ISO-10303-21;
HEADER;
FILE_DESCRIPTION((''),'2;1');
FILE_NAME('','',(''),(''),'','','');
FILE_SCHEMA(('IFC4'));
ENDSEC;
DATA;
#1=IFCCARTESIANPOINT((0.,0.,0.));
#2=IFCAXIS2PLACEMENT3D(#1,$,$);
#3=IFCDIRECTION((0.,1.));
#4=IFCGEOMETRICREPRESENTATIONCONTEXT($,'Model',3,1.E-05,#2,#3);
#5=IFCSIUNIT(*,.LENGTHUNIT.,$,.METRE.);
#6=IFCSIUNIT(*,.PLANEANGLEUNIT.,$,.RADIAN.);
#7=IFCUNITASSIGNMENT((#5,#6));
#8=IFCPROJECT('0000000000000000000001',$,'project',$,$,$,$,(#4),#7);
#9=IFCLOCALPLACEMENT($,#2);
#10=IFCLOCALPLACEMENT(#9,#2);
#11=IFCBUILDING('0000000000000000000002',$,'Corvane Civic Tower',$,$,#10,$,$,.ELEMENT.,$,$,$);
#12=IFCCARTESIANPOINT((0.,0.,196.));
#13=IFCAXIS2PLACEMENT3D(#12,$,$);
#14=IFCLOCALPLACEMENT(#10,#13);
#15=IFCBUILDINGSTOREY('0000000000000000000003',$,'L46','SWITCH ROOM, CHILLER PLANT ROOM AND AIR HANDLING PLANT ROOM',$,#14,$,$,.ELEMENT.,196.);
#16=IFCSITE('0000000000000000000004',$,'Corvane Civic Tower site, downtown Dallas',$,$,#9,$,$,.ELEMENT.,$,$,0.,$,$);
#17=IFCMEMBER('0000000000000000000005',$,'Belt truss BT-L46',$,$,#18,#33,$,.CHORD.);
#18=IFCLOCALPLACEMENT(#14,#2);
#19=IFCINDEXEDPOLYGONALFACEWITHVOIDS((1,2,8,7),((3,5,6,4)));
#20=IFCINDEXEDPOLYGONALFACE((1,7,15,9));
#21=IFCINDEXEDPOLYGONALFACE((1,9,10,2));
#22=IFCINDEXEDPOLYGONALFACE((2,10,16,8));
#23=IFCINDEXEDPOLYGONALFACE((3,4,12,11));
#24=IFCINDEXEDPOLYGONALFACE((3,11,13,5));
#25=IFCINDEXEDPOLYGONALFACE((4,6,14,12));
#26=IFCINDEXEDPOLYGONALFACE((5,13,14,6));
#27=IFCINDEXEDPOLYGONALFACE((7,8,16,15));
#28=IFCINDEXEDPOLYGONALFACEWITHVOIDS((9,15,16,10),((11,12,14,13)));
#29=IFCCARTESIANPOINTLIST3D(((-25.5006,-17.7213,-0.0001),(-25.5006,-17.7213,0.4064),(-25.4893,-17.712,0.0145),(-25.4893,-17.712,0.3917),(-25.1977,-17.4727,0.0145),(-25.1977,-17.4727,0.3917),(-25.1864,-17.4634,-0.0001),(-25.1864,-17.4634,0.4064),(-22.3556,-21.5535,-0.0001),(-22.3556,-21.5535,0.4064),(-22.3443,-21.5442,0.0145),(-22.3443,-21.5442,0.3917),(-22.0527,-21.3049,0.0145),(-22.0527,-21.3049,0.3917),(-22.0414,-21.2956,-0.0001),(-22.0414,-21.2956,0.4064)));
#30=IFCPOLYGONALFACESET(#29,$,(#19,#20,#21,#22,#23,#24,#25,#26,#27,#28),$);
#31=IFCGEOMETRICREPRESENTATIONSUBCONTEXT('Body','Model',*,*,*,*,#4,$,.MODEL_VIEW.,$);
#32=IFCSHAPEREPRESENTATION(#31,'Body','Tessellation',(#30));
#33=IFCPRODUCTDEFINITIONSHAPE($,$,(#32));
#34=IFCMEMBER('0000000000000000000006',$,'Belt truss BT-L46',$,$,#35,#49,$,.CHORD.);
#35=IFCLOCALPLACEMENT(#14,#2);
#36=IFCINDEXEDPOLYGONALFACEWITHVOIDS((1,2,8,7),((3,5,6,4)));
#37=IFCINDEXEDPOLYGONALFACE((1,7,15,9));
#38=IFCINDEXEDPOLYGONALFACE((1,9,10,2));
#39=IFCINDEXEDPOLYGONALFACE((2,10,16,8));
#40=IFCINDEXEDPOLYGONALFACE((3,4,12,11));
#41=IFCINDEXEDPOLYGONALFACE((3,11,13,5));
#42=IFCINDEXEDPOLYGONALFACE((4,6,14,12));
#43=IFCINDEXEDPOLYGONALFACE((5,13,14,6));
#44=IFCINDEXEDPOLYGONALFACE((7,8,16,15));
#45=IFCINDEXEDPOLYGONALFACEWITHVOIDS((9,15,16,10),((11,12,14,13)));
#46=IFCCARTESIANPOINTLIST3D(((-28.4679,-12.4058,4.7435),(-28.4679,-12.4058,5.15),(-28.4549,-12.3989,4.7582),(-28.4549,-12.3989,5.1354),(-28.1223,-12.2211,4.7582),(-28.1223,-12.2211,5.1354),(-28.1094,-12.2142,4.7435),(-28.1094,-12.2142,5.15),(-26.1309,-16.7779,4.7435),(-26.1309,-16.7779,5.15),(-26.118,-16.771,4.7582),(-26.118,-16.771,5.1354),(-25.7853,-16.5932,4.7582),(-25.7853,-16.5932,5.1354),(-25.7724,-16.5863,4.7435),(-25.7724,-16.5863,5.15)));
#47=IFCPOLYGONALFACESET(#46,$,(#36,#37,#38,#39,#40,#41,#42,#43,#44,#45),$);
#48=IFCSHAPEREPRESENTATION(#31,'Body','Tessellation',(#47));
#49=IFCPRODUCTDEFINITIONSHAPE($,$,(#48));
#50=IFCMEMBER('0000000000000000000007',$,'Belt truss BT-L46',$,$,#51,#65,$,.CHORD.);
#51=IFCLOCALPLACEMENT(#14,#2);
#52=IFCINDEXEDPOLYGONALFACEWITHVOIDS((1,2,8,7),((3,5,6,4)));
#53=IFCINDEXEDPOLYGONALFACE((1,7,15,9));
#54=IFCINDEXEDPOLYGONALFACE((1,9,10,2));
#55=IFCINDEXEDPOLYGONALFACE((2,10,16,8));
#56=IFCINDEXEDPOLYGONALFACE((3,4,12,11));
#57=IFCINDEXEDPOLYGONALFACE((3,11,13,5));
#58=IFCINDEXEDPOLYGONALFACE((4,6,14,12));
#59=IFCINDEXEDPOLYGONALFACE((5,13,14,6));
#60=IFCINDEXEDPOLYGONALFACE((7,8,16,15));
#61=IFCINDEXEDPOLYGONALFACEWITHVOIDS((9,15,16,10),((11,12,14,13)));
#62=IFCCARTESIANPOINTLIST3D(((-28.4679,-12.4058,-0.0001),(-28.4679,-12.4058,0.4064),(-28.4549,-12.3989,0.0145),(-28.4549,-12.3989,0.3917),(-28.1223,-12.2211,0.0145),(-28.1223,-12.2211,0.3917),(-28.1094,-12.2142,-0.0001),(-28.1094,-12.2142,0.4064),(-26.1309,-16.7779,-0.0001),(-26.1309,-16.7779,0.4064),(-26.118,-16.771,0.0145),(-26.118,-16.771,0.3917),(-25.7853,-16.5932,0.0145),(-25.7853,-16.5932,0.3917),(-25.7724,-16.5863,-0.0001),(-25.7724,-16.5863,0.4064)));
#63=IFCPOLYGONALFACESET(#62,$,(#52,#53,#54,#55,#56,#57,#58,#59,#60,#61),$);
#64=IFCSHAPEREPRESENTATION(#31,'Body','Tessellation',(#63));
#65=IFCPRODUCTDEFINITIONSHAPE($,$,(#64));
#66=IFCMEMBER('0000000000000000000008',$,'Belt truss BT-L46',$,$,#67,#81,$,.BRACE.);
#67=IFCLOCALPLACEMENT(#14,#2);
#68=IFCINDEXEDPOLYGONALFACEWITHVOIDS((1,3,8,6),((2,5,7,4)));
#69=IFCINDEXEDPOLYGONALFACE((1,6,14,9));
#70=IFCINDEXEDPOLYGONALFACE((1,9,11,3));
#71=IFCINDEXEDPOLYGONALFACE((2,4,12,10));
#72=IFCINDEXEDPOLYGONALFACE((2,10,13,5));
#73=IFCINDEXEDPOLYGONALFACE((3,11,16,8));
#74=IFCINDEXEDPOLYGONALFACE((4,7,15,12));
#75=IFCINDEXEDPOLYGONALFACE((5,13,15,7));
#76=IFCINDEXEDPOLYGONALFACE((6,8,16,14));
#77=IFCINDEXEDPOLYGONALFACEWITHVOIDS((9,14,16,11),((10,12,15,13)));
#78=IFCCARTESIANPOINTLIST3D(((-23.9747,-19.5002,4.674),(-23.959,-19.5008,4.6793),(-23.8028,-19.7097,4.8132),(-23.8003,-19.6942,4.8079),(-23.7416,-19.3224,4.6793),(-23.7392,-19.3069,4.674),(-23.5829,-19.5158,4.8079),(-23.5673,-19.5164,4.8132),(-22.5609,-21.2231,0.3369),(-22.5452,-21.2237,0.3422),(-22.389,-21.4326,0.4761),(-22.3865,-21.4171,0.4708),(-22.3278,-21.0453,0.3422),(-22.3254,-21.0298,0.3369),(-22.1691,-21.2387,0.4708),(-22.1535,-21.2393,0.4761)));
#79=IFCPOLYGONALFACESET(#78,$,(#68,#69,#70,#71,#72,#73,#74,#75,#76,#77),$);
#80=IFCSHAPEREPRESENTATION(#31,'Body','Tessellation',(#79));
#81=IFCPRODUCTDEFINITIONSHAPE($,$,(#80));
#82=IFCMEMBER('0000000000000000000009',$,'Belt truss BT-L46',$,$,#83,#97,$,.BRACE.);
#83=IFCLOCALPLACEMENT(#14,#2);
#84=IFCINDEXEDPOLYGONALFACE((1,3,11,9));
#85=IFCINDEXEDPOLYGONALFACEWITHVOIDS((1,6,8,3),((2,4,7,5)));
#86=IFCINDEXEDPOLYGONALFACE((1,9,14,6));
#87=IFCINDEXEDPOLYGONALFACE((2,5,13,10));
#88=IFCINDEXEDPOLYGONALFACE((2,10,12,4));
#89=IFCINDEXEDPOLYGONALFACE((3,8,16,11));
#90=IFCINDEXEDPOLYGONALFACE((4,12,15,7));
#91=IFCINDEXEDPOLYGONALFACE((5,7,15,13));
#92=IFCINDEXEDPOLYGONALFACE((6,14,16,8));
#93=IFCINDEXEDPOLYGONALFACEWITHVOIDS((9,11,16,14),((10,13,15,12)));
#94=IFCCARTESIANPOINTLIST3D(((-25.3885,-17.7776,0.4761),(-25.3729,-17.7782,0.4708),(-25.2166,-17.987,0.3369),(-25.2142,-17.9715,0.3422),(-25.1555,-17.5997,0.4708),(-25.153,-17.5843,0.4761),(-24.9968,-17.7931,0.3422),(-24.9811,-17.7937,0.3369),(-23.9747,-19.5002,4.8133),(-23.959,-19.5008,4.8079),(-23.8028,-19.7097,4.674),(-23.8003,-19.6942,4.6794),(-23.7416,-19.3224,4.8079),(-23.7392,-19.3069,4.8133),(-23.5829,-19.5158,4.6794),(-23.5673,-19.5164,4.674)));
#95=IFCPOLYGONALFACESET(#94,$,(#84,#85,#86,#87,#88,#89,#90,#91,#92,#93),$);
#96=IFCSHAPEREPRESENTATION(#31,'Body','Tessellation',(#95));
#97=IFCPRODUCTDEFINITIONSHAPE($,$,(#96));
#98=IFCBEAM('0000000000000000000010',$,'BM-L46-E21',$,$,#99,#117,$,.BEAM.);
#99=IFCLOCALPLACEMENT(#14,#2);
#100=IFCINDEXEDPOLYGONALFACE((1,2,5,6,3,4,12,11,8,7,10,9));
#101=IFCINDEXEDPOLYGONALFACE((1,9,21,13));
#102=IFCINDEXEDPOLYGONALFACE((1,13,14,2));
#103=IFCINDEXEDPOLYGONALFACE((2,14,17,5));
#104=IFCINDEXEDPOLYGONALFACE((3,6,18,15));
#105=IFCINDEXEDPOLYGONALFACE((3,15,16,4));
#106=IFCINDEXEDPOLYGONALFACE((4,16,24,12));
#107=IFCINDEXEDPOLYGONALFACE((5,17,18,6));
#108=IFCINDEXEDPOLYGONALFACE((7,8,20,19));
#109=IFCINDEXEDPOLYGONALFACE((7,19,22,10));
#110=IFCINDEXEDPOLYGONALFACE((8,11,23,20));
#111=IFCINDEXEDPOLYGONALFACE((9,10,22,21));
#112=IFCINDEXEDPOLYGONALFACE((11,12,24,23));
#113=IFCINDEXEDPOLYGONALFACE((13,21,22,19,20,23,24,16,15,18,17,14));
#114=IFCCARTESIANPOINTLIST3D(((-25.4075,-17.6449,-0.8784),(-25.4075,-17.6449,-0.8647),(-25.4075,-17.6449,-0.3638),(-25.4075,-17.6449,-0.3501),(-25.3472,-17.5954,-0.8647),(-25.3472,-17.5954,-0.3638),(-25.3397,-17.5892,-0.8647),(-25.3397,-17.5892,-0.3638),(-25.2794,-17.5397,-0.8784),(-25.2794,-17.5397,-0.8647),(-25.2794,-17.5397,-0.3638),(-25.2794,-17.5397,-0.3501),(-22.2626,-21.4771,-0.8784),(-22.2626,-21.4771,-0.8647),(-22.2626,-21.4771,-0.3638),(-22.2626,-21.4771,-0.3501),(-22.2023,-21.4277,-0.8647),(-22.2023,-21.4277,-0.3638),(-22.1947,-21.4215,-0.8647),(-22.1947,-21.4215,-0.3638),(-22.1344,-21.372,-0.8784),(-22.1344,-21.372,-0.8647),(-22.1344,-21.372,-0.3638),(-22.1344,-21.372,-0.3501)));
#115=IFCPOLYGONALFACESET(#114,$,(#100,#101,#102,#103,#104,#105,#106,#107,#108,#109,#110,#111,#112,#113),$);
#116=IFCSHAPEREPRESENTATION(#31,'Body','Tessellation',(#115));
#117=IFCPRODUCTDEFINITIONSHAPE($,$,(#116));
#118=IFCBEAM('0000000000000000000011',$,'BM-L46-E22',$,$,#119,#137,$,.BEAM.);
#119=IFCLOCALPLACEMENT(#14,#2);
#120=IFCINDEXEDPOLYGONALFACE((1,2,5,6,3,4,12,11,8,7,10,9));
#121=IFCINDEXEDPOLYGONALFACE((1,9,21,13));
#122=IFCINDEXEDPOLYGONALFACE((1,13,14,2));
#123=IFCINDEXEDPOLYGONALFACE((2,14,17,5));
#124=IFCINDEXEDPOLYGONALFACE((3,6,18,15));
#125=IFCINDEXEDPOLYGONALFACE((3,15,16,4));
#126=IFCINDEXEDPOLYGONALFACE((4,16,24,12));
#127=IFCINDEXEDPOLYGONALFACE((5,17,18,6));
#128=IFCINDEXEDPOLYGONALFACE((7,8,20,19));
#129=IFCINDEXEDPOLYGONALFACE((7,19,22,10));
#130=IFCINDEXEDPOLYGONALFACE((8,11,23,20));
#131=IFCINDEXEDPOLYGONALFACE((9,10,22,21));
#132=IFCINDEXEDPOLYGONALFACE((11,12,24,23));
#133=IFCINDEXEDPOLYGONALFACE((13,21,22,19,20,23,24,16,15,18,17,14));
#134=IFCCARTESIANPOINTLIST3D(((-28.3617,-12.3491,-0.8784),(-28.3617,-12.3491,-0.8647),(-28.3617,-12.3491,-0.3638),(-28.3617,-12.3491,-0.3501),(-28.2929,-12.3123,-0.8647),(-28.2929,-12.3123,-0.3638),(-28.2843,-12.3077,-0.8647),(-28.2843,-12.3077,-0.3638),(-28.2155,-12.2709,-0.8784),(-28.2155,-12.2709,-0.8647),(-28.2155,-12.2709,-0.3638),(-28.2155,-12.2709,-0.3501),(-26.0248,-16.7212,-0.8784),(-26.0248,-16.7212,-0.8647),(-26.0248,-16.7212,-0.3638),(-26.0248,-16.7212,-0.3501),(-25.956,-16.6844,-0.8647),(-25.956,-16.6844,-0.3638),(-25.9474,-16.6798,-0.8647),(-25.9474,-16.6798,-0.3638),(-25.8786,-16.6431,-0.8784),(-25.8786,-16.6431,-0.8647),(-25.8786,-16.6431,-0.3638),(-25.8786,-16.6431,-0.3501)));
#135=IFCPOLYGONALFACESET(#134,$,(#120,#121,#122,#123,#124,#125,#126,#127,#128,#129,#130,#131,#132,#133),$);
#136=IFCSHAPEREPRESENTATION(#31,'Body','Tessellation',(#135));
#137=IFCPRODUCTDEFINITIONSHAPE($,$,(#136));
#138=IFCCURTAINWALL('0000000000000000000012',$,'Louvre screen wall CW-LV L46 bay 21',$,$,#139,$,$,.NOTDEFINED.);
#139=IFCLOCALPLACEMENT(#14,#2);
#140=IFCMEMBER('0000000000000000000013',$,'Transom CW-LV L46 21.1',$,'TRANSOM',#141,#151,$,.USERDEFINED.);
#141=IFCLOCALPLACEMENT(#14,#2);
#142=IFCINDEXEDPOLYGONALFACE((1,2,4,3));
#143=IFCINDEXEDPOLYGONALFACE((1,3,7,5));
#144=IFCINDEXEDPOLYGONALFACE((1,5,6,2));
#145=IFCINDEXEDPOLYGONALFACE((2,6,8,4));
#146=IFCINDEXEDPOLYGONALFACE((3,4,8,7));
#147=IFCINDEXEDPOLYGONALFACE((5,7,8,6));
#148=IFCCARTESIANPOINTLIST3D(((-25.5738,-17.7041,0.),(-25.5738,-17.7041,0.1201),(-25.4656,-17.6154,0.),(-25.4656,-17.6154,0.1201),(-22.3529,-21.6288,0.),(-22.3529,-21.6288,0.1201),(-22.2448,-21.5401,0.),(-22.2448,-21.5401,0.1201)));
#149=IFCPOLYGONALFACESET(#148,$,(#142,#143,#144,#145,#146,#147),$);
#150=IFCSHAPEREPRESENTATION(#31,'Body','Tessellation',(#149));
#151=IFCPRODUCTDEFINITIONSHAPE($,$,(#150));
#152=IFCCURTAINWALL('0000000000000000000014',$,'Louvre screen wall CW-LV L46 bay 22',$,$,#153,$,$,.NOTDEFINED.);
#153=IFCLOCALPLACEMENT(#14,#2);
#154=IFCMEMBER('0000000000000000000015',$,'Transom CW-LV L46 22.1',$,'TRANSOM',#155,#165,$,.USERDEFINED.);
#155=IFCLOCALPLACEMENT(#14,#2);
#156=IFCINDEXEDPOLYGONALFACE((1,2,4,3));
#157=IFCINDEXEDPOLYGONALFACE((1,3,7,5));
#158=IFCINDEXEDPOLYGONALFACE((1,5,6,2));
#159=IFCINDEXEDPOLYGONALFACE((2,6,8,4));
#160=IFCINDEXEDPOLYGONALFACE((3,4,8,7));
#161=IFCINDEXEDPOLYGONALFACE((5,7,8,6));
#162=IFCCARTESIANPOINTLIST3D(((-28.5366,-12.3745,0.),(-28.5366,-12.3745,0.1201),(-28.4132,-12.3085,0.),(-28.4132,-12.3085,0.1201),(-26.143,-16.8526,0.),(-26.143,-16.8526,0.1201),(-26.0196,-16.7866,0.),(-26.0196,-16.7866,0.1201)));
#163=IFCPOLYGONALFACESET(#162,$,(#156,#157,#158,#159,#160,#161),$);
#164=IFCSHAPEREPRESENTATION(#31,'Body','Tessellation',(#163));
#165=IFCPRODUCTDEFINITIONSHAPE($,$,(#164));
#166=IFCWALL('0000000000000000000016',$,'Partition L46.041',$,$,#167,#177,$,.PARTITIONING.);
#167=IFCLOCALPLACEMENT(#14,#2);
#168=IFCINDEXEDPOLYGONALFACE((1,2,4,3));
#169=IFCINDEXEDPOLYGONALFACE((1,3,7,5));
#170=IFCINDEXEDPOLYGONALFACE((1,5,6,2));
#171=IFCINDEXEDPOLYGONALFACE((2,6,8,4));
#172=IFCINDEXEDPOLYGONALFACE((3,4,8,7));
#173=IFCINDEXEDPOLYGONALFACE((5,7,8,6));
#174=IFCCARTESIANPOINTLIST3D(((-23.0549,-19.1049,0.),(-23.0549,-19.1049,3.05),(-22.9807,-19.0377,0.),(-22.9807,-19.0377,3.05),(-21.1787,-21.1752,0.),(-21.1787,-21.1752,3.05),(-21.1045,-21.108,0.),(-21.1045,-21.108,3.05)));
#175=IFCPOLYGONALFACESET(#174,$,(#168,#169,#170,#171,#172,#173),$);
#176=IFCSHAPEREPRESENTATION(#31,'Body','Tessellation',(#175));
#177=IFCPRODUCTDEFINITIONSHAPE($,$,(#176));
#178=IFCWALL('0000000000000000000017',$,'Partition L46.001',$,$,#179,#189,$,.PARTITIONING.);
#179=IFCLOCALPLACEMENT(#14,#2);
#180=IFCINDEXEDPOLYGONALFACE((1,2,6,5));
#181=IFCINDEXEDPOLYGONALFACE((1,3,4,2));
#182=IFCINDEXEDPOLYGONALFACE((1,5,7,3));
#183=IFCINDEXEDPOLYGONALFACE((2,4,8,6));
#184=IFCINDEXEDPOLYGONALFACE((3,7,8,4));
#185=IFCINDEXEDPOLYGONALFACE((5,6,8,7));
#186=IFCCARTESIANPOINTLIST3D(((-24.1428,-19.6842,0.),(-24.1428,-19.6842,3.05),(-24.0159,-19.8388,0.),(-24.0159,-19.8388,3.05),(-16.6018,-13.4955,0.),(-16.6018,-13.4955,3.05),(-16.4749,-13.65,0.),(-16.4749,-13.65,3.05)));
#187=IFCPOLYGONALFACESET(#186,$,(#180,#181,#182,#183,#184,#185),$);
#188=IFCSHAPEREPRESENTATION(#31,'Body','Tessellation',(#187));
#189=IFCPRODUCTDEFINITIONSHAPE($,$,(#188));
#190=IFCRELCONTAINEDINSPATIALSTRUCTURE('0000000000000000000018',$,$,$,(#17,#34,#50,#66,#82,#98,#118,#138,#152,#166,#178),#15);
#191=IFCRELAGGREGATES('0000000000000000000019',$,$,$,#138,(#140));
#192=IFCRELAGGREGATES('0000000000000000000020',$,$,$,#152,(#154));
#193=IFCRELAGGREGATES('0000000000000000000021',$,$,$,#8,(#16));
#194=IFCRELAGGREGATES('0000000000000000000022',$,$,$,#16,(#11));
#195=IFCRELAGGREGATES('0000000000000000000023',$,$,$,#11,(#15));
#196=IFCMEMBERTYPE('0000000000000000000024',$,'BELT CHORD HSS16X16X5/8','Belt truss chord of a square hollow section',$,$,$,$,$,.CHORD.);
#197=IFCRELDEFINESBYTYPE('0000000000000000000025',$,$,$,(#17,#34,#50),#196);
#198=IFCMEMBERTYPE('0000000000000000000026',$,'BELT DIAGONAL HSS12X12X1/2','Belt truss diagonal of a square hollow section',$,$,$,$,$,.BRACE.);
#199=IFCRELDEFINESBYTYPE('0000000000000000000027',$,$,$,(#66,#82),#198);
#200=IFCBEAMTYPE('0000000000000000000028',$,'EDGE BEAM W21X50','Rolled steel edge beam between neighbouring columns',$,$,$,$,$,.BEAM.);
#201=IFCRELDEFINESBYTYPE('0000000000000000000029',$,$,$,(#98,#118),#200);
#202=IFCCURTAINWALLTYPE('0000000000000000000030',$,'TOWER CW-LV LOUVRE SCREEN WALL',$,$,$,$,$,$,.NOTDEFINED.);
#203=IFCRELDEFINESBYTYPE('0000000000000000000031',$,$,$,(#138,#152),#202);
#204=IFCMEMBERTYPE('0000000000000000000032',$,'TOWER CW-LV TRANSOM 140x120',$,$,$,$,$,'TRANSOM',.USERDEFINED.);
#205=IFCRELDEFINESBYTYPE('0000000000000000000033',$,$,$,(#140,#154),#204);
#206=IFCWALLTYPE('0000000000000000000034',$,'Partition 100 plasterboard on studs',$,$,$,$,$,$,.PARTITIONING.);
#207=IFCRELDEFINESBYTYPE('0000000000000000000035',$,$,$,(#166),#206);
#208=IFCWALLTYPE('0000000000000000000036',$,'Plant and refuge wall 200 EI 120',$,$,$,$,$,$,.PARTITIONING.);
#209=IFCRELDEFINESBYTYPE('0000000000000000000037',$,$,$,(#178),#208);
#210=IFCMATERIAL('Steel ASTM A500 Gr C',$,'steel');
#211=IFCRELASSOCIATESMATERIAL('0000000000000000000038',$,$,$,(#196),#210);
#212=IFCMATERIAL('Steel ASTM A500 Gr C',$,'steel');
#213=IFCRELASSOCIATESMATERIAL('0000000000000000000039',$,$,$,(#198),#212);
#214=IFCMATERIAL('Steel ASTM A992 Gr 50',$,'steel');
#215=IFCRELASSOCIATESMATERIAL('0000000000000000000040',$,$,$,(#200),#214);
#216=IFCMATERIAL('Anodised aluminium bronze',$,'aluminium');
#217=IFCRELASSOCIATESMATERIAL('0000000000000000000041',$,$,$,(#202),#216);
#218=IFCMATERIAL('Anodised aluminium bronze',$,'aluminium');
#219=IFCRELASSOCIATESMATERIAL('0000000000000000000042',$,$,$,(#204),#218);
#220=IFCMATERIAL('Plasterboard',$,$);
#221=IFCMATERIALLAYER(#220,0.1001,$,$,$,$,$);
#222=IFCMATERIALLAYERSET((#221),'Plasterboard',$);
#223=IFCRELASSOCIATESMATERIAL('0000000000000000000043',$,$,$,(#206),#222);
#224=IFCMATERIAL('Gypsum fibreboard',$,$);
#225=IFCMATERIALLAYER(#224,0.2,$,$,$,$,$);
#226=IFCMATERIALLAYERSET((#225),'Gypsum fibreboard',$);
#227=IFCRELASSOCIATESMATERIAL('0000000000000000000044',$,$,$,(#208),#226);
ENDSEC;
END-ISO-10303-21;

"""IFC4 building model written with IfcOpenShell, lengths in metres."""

from ifc_helpers import new_model, si_unit, direction, frame, frame_2d, origin, origin_2d, place, context, subcontext, project, spatial, rectangle, hollow_rectangle, i_section, extrude, material, layer, layer_set, material_profile, profile_set, type_object, element, aggregate, save


model = new_model("IFC4")

# Units and contexts
model_context = context("Model", 3, precision=1e-05, world=origin(), true_north=direction((0.0, 1.0)))
body_context = subcontext(model_context, "Body", "Model", "MODEL_VIEW")
ifc_project = project(units=[si_unit("LENGTHUNIT", "METRE"), si_unit("PLANEANGLEUNIT", "RADIAN")], contexts=[model_context])

# Site, building, storey
site_placement = place(None, origin())
site = spatial("IfcSite", under=ifc_project, at=site_placement, Name="Corvane Civic Tower site, downtown Dallas", CompositionType="ELEMENT", RefElevation=0.0)
building_placement = place(site_placement, origin())
building = spatial("IfcBuilding", under=site, at=building_placement, Name="Corvane Civic Tower", CompositionType="ELEMENT")
storey_placement = place(building_placement, frame((0.0, 0.0, 196.0)))
storey = spatial("IfcBuildingStorey", under=building, at=storey_placement, Name="L46", Description="SWITCH ROOM, CHILLER PLANT ROOM AND AIR HANDLING PLANT ROOM", CompositionType="ELEMENT", Elevation=196.0)

# Members
ifc_material_1 = material(Name="Steel ASTM A500 Gr C", Category="steel")
ifc_material_profile_1 = material_profile(ifc_material_1, hollow_rectangle(XDim=0.4065, YDim=0.4065, WallThickness=0.0146, at=origin_2d()), Name="HSS16X16X5/8")
ifc_profile_set_1 = profile_set([ifc_material_profile_1], Name="Steel ASTM A500 Gr C")
member_type_1 = type_object("IfcMemberType", Name="BELT CHORD HSS16X16X5/8", Description="Belt truss chord of a square hollow section", PredefinedType="CHORD", material=ifc_profile_set_1)
for number, where, z_axis, x_axis, name in (
    (1, (-22.1985, -21.4246, 0.2031), (-0.634388, 0.773015, 0.0), (-0.773015, -0.634388, 0.0), "Belt truss BT-L46"),
    (2, (-25.9517, -16.6821, 4.9468), (-0.471396, 0.881922, 0.0), (-0.881922, -0.471396, 0.0), "Belt truss BT-L46"),
    (3, (-25.9517, -16.6821, 0.2031), (-0.471396, 0.881922, 0.0), (-0.881922, -0.471396, 0.0), "Belt truss BT-L46"),
):
    element("IfcMember", number, at=place(storey_placement, frame(where, z_axis=z_axis, x_axis=x_axis)), inside=storey, type_object=member_type_1, Name=name, PredefinedType="CHORD", context=body_context, shape_type="SweptSolid", body=[
        extrude(hollow_rectangle(XDim=0.4065, YDim=0.4065, WallThickness=0.0146, at=origin_2d()), origin(), (0.0, 0.0, 1.0), 4.9575),
    ])
ifc_material_2 = material(Name="Steel ASTM A500 Gr C", Category="steel")
ifc_material_profile_2 = material_profile(ifc_material_2, hollow_rectangle(XDim=0.3047, YDim=0.3047, WallThickness=0.0117, at=origin_2d()), Name="HSS12X12X1/2")
ifc_profile_set_2 = profile_set([ifc_material_profile_2], Name="Steel ASTM A500 Gr C")
member_type_2 = type_object("IfcMemberType", Name="BELT DIAGONAL HSS12X12X1/2", Description="Belt truss diagonal of a square hollow section", PredefinedType="BRACE", material=ifc_profile_set_2)
for number, where, z_axis, x_axis, name in (
    (4, (-22.3572, -21.2312, 0.4065), (-0.289937, 0.353322, 0.889438), (-0.773039, -0.634359, 0.0), "Belt truss BT-L46"),
    (5, (-25.1848, -17.7856, 0.4065), (0.289942, -0.353278, 0.889454), (0.772995, 0.634412, 0.0), "Belt truss BT-L46"),
):
    element("IfcMember", number, at=place(storey_placement, frame(where, z_axis=z_axis, x_axis=x_axis)), inside=storey, type_object=member_type_2, Name=name, PredefinedType="BRACE", context=body_context, shape_type="SweptSolid", body=[
        extrude(hollow_rectangle(XDim=0.3047, YDim=0.3047, WallThickness=0.0117, at=origin_2d()), origin(), (0.0, 0.0, 1.0), 4.8762),
    ])

# Beams
ifc_material_3 = material(Name="Steel ASTM A992 Gr 50", Category="steel")
ifc_material_profile_3 = material_profile(ifc_material_3, i_section(OverallWidth=0.1658, OverallDepth=0.5283, WebThickness=0.0098, FlangeThickness=0.0137, at=origin_2d()), Name="W21X50")
ifc_profile_set_3 = profile_set([ifc_material_profile_3], Name="Steel ASTM A992 Gr 50")
beam_type = type_object("IfcBeamType", Name="EDGE BEAM W21X50", Description="Rolled steel edge beam between neighbouring columns", PredefinedType="BEAM", material=ifc_profile_set_3)
for number, where, z_axis, x_axis, name in (
    (6, (-22.1985, -21.4246, -0.6143), (-0.634388, 0.773015, 0.0), (-0.773015, -0.634388, 0.0), "BM-L46-E21"),
    (7, (-25.9517, -16.6821, -0.6143), (-0.471396, 0.881922, 0.0), (-0.881922, -0.471396, 0.0), "BM-L46-E22"),
):
    element("IfcBeam", number, at=place(storey_placement, frame(where, z_axis=z_axis, x_axis=x_axis)), inside=storey, type_object=beam_type, Name=name, PredefinedType="BEAM", context=body_context, shape_type="SweptSolid", body=[
        extrude(i_section(OverallWidth=0.1658, OverallDepth=0.5283, WebThickness=0.0098, FlangeThickness=0.0137, at=origin_2d()), origin(), (0.0, 0.0, 1.0), 4.9575),
    ])

# Curtain walls, members
ifc_material_4 = material(Name="Anodised aluminium bronze", Category="aluminium")
curtain_wall_type = type_object("IfcCurtainWallType", Name="TOWER CW-LV LOUVRE SCREEN WALL", PredefinedType="NOTDEFINED", material=ifc_material_4)
curtain_wall_1_placement = place(storey_placement, origin())
curtain_wall_1 = element("IfcCurtainWall", 8, at=curtain_wall_1_placement, inside=storey, type_object=curtain_wall_type, Name="Louvre screen wall CW-LV L46 bay 21", PredefinedType="NOTDEFINED")
ifc_material_5 = material(Name="Anodised aluminium bronze", Category="aluminium")
ifc_material_profile_4 = material_profile(ifc_material_5, rectangle(XDim=0.1399, YDim=0.1201, at=origin_2d()), Name="TOWER CW-LV TRANSOM 140x120")
ifc_profile_set_4 = profile_set([ifc_material_profile_4], Name="Anodised aluminium bronze")
member_type_3 = type_object("IfcMemberType", Name="TOWER CW-LV TRANSOM 140x120", ElementType="TRANSOM", PredefinedType="USERDEFINED", material=ifc_profile_set_4)
member_1_placement = place(storey_placement, frame((-22.2988, -21.5845, 0.0601), z_axis=(-0.634387, 0.773016, 0.0), x_axis=(-0.773016, -0.634387, 0.0)))
member_1 = element("IfcMember", 9, at=member_1_placement, type_object=member_type_3, Name="Transom CW-LV L46 21.1", ObjectType="TRANSOM", PredefinedType="USERDEFINED", context=body_context, shape_type="SweptSolid", body=[
    extrude(rectangle(XDim=0.1399, YDim=0.1201, at=origin_2d()), origin(), (0.0, 0.0, 1.0), 5.0771),
])
curtain_wall_2_placement = place(storey_placement, origin())
curtain_wall_2 = element("IfcCurtainWall", 10, at=curtain_wall_2_placement, inside=storey, type_object=curtain_wall_type, Name="Louvre screen wall CW-LV L46 bay 22", PredefinedType="NOTDEFINED")
member_2_placement = place(storey_placement, frame((-26.0813, -16.8196, 0.0601), z_axis=(-0.471397, 0.881921, 0.0), x_axis=(-0.881921, -0.471397, 0.0)))
member_2 = element("IfcMember", 11, at=member_2_placement, type_object=member_type_3, Name="Transom CW-LV L46 22.1", ObjectType="TRANSOM", PredefinedType="USERDEFINED", context=body_context, shape_type="SweptSolid", body=[
    extrude(rectangle(XDim=0.1399, YDim=0.1201, at=origin_2d()), origin(), (0.0, 0.0, 1.0), 5.0776),
])

# Walls
ifc_material_6 = material(Name="Plasterboard")
ifc_layer_1 = layer(ifc_material_6, 0.1001)
ifc_layer_set_1 = layer_set([ifc_layer_1], Name="Plasterboard")
wall_type_1 = type_object("IfcWallType", Name="Partition 100 plasterboard on studs", PredefinedType="PARTITIONING", material=ifc_layer_set_1)
wall_1_placement = place(storey_placement, frame((-23.0178, -19.0713, 0.0), z_axis=(0.0, 0.0, 1.0), x_axis=(0.671519, -0.740987, 0.0)))
element("IfcWall", 12, at=wall_1_placement, inside=storey, type_object=wall_type_1, Name="Partition L46.041", PredefinedType="PARTITIONING", context=body_context, shape_type="SweptSolid", body=[
    extrude(rectangle(XDim=2.7939, YDim=0.1001, at=frame_2d((1.397, 0.0))), origin(), (0.0, 0.0, 1.0), 3.05),
])
ifc_material_7 = material(Name="Gypsum fibreboard")
ifc_layer_2 = layer(ifc_material_7, 0.2)
ifc_layer_set_2 = layer_set([ifc_layer_2], Name="Gypsum fibreboard")
wall_type_2 = type_object("IfcWallType", Name="Plant and refuge wall 200 EI 120", PredefinedType="PARTITIONING", material=ifc_layer_set_2)
wall_2_placement = place(storey_placement, frame((-24.0793, -19.7615, 0.0), z_axis=(0.0, 0.0, 1.0), x_axis=(0.773012, 0.634391, 0.0)))
element("IfcWall", 13, at=wall_2_placement, inside=storey, type_object=wall_type_2, Name="Partition L46.001", PredefinedType="PARTITIONING", context=body_context, shape_type="SweptSolid", body=[
    extrude(rectangle(XDim=9.7554, YDim=0.2, at=frame_2d((4.8777, 0.0))), origin(), (0.0, 0.0, 1.0), 3.05),
])

aggregate(curtain_wall_1, [member_1])
aggregate(curtain_wall_2, [member_2])

save(model, "model.ifc")
